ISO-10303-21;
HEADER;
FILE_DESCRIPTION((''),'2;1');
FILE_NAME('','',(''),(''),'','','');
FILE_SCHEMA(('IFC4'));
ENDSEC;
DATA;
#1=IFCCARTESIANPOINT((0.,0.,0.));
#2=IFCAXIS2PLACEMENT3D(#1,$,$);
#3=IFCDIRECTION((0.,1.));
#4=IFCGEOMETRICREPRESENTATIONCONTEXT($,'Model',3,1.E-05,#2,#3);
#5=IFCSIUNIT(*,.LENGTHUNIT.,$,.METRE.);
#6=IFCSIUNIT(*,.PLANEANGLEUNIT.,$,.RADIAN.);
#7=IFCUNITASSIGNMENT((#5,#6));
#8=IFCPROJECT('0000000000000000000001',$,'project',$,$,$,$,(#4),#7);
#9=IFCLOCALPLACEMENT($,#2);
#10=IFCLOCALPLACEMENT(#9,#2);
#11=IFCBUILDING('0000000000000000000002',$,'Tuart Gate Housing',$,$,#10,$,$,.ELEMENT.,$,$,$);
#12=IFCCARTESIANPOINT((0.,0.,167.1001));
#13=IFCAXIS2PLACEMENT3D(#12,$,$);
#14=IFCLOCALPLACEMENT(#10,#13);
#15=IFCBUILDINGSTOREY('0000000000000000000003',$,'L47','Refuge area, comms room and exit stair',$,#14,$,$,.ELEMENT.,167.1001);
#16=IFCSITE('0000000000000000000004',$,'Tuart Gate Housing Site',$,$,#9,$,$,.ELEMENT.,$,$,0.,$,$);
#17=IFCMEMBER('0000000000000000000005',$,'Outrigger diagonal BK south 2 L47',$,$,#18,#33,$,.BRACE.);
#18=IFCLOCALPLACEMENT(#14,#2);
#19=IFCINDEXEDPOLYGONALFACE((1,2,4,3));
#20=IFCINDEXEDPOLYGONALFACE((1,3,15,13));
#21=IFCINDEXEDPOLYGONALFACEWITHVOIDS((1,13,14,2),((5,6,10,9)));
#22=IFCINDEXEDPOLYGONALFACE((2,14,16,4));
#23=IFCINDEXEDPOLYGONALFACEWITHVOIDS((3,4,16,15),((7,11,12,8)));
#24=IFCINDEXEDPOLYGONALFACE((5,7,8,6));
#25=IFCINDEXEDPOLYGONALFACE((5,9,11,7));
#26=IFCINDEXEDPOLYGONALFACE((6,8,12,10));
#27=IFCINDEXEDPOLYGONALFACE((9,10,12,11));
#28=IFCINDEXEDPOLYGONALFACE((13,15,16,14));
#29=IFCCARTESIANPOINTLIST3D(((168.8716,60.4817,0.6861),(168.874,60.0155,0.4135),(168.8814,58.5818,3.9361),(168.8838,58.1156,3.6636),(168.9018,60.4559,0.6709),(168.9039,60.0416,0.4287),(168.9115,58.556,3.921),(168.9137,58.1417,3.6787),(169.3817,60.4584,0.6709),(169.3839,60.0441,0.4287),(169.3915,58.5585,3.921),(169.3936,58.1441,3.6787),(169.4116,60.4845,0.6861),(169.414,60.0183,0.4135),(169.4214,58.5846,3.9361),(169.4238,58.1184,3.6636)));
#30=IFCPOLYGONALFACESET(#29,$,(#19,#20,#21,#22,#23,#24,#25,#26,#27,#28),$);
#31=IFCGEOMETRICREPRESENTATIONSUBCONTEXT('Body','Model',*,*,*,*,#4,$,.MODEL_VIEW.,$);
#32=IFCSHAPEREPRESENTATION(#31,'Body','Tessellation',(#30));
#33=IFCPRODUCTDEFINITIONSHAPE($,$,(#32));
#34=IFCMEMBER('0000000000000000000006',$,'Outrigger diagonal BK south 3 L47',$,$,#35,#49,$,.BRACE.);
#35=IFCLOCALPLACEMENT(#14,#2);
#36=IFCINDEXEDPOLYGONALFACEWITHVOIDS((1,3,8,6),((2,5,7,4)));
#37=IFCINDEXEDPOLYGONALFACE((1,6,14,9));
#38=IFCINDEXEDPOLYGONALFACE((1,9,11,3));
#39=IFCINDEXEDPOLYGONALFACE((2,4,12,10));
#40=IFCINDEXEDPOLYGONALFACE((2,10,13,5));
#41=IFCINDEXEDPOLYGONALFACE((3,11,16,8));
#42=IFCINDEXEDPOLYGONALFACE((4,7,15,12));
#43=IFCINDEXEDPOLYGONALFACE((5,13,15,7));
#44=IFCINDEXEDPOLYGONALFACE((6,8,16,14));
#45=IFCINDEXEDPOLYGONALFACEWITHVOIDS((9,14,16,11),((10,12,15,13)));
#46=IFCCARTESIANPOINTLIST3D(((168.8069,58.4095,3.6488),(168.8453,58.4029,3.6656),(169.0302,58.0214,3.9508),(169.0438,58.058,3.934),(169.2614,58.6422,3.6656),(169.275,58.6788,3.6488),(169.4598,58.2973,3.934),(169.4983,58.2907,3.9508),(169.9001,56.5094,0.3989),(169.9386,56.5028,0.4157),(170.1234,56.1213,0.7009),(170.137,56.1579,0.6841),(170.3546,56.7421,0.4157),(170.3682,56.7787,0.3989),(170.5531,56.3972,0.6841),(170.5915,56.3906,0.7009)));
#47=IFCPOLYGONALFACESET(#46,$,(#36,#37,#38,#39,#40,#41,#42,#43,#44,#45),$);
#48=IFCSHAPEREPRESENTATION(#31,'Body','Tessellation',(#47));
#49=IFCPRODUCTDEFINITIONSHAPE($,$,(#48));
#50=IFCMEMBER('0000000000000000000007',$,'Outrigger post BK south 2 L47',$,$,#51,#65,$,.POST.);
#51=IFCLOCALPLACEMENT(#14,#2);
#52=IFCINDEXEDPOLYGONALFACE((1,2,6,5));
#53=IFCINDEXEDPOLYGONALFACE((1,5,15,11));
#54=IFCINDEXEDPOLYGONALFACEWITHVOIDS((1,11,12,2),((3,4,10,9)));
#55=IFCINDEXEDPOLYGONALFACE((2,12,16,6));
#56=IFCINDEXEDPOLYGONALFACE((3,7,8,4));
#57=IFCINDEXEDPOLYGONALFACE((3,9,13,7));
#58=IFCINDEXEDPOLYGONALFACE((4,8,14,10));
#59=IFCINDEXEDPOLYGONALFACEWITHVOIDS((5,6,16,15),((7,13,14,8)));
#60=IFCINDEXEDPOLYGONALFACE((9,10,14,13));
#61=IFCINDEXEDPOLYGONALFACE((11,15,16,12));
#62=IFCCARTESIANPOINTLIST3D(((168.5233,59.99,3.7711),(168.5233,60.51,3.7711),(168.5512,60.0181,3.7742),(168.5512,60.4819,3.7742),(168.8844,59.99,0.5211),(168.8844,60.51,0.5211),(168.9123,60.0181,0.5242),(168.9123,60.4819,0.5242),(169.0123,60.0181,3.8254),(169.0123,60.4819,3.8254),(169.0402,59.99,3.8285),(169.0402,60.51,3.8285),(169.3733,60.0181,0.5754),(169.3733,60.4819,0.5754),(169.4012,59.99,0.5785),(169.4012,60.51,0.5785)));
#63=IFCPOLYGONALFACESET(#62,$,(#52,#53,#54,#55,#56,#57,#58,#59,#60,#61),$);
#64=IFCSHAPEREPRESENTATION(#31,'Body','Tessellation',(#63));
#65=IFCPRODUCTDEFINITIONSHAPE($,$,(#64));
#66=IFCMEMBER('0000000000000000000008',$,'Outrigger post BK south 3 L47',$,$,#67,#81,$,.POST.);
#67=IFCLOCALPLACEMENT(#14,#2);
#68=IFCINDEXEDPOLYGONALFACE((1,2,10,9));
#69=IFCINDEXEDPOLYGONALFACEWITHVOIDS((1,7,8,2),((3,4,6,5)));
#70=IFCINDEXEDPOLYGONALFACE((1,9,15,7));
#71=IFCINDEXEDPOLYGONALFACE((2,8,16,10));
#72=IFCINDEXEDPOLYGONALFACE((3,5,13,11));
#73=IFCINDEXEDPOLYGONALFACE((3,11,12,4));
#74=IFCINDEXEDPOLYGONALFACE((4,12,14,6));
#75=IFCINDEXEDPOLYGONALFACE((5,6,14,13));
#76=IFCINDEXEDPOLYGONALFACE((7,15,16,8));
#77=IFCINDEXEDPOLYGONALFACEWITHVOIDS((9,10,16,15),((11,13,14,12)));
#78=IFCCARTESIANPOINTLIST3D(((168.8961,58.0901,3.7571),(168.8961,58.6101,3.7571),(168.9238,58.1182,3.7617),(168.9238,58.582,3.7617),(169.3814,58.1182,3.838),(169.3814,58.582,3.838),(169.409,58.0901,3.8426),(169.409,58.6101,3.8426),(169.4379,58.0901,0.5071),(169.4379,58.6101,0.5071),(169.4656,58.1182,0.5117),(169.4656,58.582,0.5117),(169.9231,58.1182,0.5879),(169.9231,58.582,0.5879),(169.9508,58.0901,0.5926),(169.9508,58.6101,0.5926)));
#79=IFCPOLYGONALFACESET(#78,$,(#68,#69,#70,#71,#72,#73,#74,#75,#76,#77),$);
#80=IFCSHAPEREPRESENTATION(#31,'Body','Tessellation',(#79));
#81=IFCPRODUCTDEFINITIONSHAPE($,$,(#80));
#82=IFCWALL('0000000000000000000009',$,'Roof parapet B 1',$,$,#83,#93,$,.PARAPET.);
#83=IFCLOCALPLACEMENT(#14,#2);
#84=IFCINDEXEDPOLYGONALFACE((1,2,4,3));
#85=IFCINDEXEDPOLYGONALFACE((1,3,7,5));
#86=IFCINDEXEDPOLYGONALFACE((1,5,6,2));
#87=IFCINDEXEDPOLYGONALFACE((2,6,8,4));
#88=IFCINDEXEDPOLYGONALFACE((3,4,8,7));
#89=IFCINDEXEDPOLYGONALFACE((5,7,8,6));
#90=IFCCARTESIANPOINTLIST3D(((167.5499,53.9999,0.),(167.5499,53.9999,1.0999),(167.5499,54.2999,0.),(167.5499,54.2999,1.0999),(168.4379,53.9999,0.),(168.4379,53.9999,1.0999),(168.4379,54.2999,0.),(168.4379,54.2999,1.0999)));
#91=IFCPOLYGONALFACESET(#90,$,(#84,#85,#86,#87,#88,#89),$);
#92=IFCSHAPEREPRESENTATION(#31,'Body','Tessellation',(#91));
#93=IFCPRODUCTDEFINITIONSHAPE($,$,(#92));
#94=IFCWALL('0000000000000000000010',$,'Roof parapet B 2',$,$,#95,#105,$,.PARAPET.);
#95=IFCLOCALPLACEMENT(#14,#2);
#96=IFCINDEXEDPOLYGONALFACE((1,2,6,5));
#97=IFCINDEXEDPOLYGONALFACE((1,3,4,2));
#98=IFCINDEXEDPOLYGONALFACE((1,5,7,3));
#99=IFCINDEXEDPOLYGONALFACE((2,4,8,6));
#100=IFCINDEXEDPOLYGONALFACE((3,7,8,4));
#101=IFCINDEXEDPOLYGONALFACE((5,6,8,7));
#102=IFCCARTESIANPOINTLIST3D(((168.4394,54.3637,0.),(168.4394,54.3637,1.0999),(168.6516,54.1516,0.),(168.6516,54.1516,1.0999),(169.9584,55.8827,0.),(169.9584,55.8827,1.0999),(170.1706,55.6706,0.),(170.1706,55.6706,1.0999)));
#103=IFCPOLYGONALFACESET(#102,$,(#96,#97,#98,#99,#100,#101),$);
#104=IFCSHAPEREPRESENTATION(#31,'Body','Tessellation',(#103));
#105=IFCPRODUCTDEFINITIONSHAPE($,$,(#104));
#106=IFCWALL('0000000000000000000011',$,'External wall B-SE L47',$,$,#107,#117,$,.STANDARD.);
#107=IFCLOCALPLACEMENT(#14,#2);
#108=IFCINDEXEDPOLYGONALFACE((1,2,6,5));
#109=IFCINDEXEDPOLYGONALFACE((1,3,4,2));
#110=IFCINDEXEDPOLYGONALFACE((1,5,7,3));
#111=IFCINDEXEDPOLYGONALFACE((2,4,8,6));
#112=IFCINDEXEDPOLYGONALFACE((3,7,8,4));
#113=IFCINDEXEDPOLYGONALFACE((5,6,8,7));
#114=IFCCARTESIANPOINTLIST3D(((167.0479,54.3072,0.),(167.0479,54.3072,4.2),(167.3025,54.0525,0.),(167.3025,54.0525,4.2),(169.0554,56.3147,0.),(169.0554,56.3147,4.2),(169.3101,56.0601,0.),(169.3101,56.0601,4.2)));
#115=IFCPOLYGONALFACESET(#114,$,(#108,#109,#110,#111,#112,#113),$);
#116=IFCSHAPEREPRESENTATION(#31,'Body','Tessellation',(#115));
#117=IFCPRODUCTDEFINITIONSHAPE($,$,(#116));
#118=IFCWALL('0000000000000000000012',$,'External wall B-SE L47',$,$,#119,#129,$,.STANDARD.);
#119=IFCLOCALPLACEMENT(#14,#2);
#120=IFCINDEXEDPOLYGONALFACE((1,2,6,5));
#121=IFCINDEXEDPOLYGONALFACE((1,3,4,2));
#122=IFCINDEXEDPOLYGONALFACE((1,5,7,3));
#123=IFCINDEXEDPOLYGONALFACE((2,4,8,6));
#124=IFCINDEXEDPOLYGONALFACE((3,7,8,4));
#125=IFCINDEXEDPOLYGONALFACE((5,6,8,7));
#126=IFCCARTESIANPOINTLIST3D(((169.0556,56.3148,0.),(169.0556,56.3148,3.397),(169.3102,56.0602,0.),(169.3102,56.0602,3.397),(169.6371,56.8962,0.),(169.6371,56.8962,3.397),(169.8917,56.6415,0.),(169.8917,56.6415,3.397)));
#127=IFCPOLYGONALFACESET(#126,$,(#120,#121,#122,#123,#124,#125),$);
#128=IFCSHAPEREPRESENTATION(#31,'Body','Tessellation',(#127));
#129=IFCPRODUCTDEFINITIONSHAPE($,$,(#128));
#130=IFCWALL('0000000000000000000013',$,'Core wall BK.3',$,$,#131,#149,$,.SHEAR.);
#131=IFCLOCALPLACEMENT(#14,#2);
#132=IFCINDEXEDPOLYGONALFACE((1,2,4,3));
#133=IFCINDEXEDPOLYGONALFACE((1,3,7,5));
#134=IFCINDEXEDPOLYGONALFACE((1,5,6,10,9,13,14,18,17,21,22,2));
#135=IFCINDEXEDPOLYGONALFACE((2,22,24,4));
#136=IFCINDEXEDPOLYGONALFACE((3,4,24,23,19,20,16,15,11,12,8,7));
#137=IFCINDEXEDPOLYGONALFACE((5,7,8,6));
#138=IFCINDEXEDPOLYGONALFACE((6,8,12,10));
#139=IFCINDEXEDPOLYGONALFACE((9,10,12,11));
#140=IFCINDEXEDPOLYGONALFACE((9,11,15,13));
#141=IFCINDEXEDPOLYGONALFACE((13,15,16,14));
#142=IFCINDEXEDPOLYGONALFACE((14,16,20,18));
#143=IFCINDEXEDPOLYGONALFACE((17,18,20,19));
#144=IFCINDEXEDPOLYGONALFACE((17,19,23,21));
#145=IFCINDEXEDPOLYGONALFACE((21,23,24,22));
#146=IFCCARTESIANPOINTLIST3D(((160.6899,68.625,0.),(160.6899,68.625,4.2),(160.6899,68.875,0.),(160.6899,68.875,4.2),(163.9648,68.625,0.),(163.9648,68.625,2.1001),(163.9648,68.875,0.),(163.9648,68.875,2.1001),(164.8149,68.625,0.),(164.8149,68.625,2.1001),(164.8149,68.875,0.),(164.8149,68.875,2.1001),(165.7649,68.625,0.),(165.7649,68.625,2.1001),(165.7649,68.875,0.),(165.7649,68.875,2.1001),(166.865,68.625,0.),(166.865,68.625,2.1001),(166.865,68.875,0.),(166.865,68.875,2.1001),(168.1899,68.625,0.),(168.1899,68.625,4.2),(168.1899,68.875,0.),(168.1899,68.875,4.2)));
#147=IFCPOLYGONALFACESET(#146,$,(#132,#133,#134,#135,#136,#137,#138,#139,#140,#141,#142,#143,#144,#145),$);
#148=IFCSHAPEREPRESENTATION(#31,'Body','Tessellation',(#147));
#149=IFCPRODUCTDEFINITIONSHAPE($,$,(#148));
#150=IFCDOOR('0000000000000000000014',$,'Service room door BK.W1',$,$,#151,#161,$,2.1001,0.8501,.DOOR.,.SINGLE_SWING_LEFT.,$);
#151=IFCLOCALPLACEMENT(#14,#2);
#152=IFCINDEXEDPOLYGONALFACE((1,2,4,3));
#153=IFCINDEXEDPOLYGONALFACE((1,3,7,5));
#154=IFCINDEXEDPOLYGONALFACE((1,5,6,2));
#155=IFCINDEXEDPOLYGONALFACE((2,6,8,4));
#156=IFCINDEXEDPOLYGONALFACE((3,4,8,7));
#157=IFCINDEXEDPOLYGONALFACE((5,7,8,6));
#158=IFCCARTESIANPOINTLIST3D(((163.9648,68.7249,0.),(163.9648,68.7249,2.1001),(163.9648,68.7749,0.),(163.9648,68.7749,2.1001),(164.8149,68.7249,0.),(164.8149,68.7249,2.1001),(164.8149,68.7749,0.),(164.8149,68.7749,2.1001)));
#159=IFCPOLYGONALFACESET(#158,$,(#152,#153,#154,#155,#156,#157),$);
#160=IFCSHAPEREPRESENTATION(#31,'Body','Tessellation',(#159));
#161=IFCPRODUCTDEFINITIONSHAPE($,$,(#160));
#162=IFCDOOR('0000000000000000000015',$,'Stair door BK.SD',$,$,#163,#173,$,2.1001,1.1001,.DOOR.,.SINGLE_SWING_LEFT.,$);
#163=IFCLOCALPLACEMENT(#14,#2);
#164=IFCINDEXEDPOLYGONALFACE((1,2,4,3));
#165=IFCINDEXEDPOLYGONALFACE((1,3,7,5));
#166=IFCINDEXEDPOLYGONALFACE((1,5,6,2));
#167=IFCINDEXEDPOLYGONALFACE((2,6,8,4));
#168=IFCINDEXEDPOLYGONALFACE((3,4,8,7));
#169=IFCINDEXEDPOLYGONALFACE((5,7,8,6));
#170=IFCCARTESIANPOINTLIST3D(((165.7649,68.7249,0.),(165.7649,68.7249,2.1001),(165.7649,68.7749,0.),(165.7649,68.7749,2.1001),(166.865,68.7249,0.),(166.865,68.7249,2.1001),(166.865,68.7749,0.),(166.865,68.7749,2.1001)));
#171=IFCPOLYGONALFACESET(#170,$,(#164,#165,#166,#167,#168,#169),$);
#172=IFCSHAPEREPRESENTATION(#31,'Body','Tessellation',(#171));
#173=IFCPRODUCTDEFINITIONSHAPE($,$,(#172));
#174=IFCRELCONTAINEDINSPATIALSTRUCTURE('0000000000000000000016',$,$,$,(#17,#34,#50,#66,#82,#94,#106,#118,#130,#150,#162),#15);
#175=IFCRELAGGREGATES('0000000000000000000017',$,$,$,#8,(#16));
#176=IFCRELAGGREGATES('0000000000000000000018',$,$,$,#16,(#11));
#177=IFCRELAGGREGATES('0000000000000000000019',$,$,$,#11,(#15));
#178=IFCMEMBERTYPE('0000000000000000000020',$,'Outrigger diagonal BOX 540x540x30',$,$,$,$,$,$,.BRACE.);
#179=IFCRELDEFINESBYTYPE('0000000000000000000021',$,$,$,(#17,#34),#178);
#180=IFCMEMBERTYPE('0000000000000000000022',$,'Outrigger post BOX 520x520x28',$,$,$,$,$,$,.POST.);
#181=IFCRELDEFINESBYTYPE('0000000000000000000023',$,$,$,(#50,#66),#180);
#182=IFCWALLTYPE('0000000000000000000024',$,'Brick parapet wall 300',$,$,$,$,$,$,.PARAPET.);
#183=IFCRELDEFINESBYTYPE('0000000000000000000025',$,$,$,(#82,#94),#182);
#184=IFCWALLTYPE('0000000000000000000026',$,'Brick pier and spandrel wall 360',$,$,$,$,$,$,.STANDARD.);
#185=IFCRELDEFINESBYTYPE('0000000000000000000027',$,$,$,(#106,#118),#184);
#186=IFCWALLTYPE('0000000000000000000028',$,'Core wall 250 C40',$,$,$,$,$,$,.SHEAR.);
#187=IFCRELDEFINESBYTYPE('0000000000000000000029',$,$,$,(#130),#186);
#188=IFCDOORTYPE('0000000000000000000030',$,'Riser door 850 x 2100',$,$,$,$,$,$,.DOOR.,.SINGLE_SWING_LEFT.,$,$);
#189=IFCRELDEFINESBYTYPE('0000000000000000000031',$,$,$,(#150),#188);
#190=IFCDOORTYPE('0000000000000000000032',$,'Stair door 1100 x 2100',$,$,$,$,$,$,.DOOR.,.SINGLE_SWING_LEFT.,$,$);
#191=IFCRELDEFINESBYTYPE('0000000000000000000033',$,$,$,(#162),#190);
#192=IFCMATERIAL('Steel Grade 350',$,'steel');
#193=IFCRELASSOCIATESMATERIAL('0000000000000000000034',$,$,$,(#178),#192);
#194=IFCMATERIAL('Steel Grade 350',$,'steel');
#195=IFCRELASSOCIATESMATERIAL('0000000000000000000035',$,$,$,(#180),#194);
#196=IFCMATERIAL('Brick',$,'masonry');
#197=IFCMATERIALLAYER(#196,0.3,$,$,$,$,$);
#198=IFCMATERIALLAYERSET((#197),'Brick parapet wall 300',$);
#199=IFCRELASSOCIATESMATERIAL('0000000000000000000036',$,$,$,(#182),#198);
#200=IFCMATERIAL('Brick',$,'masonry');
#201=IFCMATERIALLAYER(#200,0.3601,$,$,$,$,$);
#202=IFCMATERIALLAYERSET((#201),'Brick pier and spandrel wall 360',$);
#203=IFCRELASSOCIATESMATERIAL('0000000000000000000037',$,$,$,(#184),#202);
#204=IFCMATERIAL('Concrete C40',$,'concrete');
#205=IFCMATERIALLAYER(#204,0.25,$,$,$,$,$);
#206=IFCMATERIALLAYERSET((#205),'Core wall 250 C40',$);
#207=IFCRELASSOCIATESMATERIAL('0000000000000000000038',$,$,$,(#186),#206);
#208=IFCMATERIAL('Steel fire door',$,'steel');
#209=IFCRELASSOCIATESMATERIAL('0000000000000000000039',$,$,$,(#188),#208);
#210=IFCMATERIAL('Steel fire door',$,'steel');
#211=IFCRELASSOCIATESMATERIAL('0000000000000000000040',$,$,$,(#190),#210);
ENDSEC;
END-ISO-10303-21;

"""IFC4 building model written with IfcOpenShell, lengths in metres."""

from ifc_helpers import new_model, si_unit, direction, frame, frame_2d, origin, origin_2d, place, context, subcontext, project, spatial, rectangle, hollow_rectangle, extrude, material, layer, layer_set, material_profile, profile_set, type_object, element, fill, save


model = new_model("IFC4")

# Units and contexts
model_context = context("Model", 3, precision=1e-05, world=origin(), true_north=direction((0.0, 1.0)))
body_context = subcontext(model_context, "Body", "Model", "MODEL_VIEW")
ifc_project = project(units=[si_unit("LENGTHUNIT", "METRE"), si_unit("PLANEANGLEUNIT", "RADIAN")], contexts=[model_context])

# Site, building, storey
site_placement = place(None, origin())
site = spatial("IfcSite", under=ifc_project, at=site_placement, Name="Tuart Gate Housing Site", CompositionType="ELEMENT", RefElevation=0.0)
building_placement = place(site_placement, origin())
building = spatial("IfcBuilding", under=site, at=building_placement, Name="Tuart Gate Housing", CompositionType="ELEMENT")
storey_placement = place(building_placement, frame((0.0, 0.0, 167.1001)))
storey = spatial("IfcBuildingStorey", under=building, at=storey_placement, Name="L47", Description="Refuge area, comms room and exit stair", CompositionType="ELEMENT", Elevation=167.1001)

# Members
ifc_material_1 = material(Name="Steel Grade 350", Category="steel")
ifc_material_profile_1 = material_profile(ifc_material_1, hollow_rectangle(XDim=0.54, YDim=0.54, WallThickness=0.03, at=origin_2d()), Name="BOX 540x540x30")
ifc_profile_set_1 = profile_set([ifc_material_profile_1], Name="Steel Grade 350")
member_type_1 = type_object("IfcMemberType", Name="Outrigger diagonal BOX 540x540x30", PredefinedType="BRACE", material=ifc_profile_set_1)
member_1_placement = place(storey_placement, frame((169.1428, 60.25, 0.5498), z_axis=(0.002594, -0.504676, 0.863305), x_axis=(0.999987, 0.00514, 0.0)))
element("IfcMember", 1, at=member_1_placement, inside=storey, type_object=member_type_1, Name="Outrigger diagonal BK south 2 L47", PredefinedType="BRACE", context=body_context, shape_type="SweptSolid", body=[
    extrude(hollow_rectangle(XDim=0.54, YDim=0.54, WallThickness=0.03, at=origin_2d()), origin(), (0.0, 0.0, 1.0), 3.7646),
])
member_2_placement = place(storey_placement, frame((169.1526, 58.3501, 3.7998), z_axis=(0.278876, -0.484702, -0.829031), x_axis=(0.866773, 0.498703, 0.0)))
element("IfcMember", 2, at=member_2_placement, inside=storey, type_object=member_type_1, Name="Outrigger diagonal BK south 3 L47", PredefinedType="BRACE", context=body_context, shape_type="SweptSolid", body=[
    extrude(hollow_rectangle(XDim=0.54, YDim=0.54, WallThickness=0.03, at=origin_2d()), origin(), (0.0, 0.0, 1.0), 3.9202),
])
ifc_material_2 = material(Name="Steel Grade 350", Category="steel")
ifc_material_profile_2 = material_profile(ifc_material_2, hollow_rectangle(XDim=0.52, YDim=0.52, WallThickness=0.0281, at=origin_2d()), Name="BOX 520x520x28")
ifc_profile_set_2 = profile_set([ifc_material_profile_2], Name="Steel Grade 350")
member_type_2 = type_object("IfcMemberType", Name="Outrigger post BOX 520x520x28", PredefinedType="POST", material=ifc_profile_set_2)
member_3_placement = place(storey_placement, frame((169.1428, 60.25, 0.5498), z_axis=(-0.110423, 0.0, 0.993885), x_axis=(0.0, -1.0, 0.0)))
element("IfcMember", 3, at=member_3_placement, inside=storey, type_object=member_type_2, Name="Outrigger post BK south 2 L47", PredefinedType="POST", context=body_context, shape_type="SweptSolid", body=[
    extrude(hollow_rectangle(XDim=0.52, YDim=0.52, WallThickness=0.0281, at=origin_2d()), origin(), (0.0, 0.0, 1.0), 3.27),
])
member_4_placement = place(storey_placement, frame((169.6943, 58.3501, 0.5498), z_axis=(-0.164423, 0.0, 0.98639), x_axis=(0.0, -1.0, 0.0)))
element("IfcMember", 4, at=member_4_placement, inside=storey, type_object=member_type_2, Name="Outrigger post BK south 3 L47", PredefinedType="POST", context=body_context, shape_type="SweptSolid", body=[
    extrude(hollow_rectangle(XDim=0.52, YDim=0.52, WallThickness=0.0281, at=origin_2d()), origin(), (0.0, 0.0, 1.0), 3.2949),
])

# Walls
ifc_material_3 = material(Name="Brick", Category="masonry")
ifc_layer_1 = layer(ifc_material_3, 0.3)
ifc_layer_set_1 = layer_set([ifc_layer_1], Name="Brick parapet wall 300")
wall_type_1 = type_object("IfcWallType", Name="Brick parapet wall 300", PredefinedType="PARAPET", material=ifc_layer_set_1)
wall_1_placement = place(storey_placement, frame((167.55, 54.1499, 0.0), z_axis=(0.0, 0.0, 1.0), x_axis=(1.0, 0.0, 0.0)))
element("IfcWall", 5, at=wall_1_placement, inside=storey, type_object=wall_type_1, Name="Roof parapet B 1", PredefinedType="PARAPET", context=body_context, shape_type="SweptSolid", body=[
    extrude(rectangle(XDim=0.8879, YDim=0.3, at=frame_2d((0.4438, 0.0))), origin(), (0.0, 0.0, 1.0), 1.0999),
])
wall_2_placement = place(storey_placement, frame((168.5454, 54.2576, 0.0), z_axis=(0.0, 0.0, 1.0), x_axis=(0.707107, 0.707107, 0.0)))
element("IfcWall", 6, at=wall_2_placement, inside=storey, type_object=wall_type_1, Name="Roof parapet B 2", PredefinedType="PARAPET", context=body_context, shape_type="SweptSolid", body=[
    extrude(rectangle(XDim=2.1482, YDim=0.3, at=frame_2d((1.0742, 0.0))), origin(), (0.0, 0.0, 1.0), 1.0999),
])
ifc_material_4 = material(Name="Brick", Category="masonry")
ifc_layer_2 = layer(ifc_material_4, 0.3601)
ifc_layer_set_2 = layer_set([ifc_layer_2], Name="Brick pier and spandrel wall 360")
wall_type_2 = type_object("IfcWallType", Name="Brick pier and spandrel wall 360", PredefinedType="STANDARD", material=ifc_layer_set_2)
wall_3_placement = place(storey_placement, frame((167.1753, 54.1799, 0.0), z_axis=(0.0, 0.0, 1.0), x_axis=(0.707107, 0.707107, 0.0)))
element("IfcWall", 7, at=wall_3_placement, inside=storey, type_object=wall_type_2, Name="External wall B-SE L47", PredefinedType="STANDARD", context=body_context, shape_type="SweptSolid", body=[
    extrude(rectangle(XDim=2.8391, YDim=0.3601, at=frame_2d((1.4194, 0.0))), origin(), (0.0, 0.0, 1.0), 4.2),
])
wall_4_placement = place(storey_placement, frame((169.1829, 56.1875, 0.0), z_axis=(0.0, 0.0, 1.0), x_axis=(0.707255, 0.706958, 0.0)))
element("IfcWall", 8, at=wall_4_placement, inside=storey, type_object=wall_type_2, Name="External wall B-SE L47", PredefinedType="STANDARD", context=body_context, shape_type="SweptSolid", body=[
    extrude(rectangle(XDim=0.8223, YDim=0.3601, at=frame_2d((0.4111, 0.0))), origin(), (0.0, 0.0, 1.0), 3.397),
])

# Wall, openings, doors
ifc_material_5 = material(Name="Concrete C40", Category="concrete")
ifc_layer_3 = layer(ifc_material_5, 0.25)
ifc_layer_set_3 = layer_set([ifc_layer_3], Name="Core wall 250 C40")
wall_type_3 = type_object("IfcWallType", Name="Core wall 250 C40", PredefinedType="SHEAR", material=ifc_layer_set_3)
wall_5_placement = place(storey_placement, frame((160.6899, 68.75, 0.0), z_axis=(0.0, 0.0, 1.0), x_axis=(1.0, 0.0, 0.0)))
wall_5 = element("IfcWall", 9, at=wall_5_placement, inside=storey, type_object=wall_type_3, Name="Core wall BK.3", PredefinedType="SHEAR", context=body_context, shape_type="SweptSolid", body=[
    extrude(rectangle(XDim=7.5, YDim=0.25, at=frame_2d((3.75, 0.0))), origin(), (0.0, 0.0, 1.0), 4.2),
])
opening_1_placement = place(wall_5_placement, frame((5.075, 0.0, 0.0)))
opening_1 = element("IfcOpeningElement", 10, at=opening_1_placement, cuts=wall_5, PredefinedType="OPENING", context=body_context, shape_type="SweptSolid", body=[
    extrude(rectangle(XDim=1.1001, YDim=2.1001, at=frame_2d((0.55, 1.05))), frame((0.0, 0.135, 0.0), z_axis=(0.0, -1.0, 0.0), x_axis=(1.0, 0.0, 0.0)), (0.0, 0.0, 1.0), 0.27),
])
opening_2_placement = place(wall_5_placement, frame((3.2749, 0.0, 0.0)))
opening_2 = element("IfcOpeningElement", 11, at=opening_2_placement, cuts=wall_5, PredefinedType="OPENING", context=body_context, shape_type="SweptSolid", body=[
    extrude(rectangle(XDim=0.8501, YDim=2.1001, at=frame_2d((0.425, 1.05))), frame((0.0, 0.135, 0.0), z_axis=(0.0, -1.0, 0.0), x_axis=(1.0, 0.0, 0.0)), (0.0, 0.0, 1.0), 0.27),
])
ifc_material_6 = material(Name="Steel fire door", Category="steel")
door_type_1 = type_object("IfcDoorType", Name="Riser door 850 x 2100", OperationType="SINGLE_SWING_LEFT", PredefinedType="DOOR", material=ifc_material_6)
door_1_placement = place(opening_2_placement, origin())
door_1 = element("IfcDoor", 12, at=door_1_placement, inside=storey, type_object=door_type_1, Name="Service room door BK.W1", OperationType="SINGLE_SWING_LEFT", OverallHeight=2.1001, OverallWidth=0.8501, PredefinedType="DOOR", context=body_context, shape_type="SweptSolid", body=[
    extrude(rectangle(XDim=0.8501, YDim=2.1001, at=frame_2d((0.425, 1.05))), frame((0.0, 0.0249, 0.0), z_axis=(0.0, -1.0, 0.0), x_axis=(1.0, 0.0, 0.0)), (0.0, 0.0, 1.0), 0.05),
])
fill(opening_2, door_1)
ifc_material_7 = material(Name="Steel fire door", Category="steel")
door_type_2 = type_object("IfcDoorType", Name="Stair door 1100 x 2100", OperationType="SINGLE_SWING_LEFT", PredefinedType="DOOR", material=ifc_material_7)
door_2_placement = place(opening_1_placement, origin())
door_2 = element("IfcDoor", 13, at=door_2_placement, inside=storey, type_object=door_type_2, Name="Stair door BK.SD", OperationType="SINGLE_SWING_LEFT", OverallHeight=2.1001, OverallWidth=1.1001, PredefinedType="DOOR", context=body_context, shape_type="SweptSolid", body=[
    extrude(rectangle(XDim=1.1001, YDim=2.1001, at=frame_2d((0.55, 1.05))), frame((0.0, 0.0249, 0.0), z_axis=(0.0, -1.0, 0.0), x_axis=(1.0, 0.0, 0.0)), (0.0, 0.0, 1.0), 0.05),
])
fill(opening_1, door_2)

save(model, "model.ifc")
